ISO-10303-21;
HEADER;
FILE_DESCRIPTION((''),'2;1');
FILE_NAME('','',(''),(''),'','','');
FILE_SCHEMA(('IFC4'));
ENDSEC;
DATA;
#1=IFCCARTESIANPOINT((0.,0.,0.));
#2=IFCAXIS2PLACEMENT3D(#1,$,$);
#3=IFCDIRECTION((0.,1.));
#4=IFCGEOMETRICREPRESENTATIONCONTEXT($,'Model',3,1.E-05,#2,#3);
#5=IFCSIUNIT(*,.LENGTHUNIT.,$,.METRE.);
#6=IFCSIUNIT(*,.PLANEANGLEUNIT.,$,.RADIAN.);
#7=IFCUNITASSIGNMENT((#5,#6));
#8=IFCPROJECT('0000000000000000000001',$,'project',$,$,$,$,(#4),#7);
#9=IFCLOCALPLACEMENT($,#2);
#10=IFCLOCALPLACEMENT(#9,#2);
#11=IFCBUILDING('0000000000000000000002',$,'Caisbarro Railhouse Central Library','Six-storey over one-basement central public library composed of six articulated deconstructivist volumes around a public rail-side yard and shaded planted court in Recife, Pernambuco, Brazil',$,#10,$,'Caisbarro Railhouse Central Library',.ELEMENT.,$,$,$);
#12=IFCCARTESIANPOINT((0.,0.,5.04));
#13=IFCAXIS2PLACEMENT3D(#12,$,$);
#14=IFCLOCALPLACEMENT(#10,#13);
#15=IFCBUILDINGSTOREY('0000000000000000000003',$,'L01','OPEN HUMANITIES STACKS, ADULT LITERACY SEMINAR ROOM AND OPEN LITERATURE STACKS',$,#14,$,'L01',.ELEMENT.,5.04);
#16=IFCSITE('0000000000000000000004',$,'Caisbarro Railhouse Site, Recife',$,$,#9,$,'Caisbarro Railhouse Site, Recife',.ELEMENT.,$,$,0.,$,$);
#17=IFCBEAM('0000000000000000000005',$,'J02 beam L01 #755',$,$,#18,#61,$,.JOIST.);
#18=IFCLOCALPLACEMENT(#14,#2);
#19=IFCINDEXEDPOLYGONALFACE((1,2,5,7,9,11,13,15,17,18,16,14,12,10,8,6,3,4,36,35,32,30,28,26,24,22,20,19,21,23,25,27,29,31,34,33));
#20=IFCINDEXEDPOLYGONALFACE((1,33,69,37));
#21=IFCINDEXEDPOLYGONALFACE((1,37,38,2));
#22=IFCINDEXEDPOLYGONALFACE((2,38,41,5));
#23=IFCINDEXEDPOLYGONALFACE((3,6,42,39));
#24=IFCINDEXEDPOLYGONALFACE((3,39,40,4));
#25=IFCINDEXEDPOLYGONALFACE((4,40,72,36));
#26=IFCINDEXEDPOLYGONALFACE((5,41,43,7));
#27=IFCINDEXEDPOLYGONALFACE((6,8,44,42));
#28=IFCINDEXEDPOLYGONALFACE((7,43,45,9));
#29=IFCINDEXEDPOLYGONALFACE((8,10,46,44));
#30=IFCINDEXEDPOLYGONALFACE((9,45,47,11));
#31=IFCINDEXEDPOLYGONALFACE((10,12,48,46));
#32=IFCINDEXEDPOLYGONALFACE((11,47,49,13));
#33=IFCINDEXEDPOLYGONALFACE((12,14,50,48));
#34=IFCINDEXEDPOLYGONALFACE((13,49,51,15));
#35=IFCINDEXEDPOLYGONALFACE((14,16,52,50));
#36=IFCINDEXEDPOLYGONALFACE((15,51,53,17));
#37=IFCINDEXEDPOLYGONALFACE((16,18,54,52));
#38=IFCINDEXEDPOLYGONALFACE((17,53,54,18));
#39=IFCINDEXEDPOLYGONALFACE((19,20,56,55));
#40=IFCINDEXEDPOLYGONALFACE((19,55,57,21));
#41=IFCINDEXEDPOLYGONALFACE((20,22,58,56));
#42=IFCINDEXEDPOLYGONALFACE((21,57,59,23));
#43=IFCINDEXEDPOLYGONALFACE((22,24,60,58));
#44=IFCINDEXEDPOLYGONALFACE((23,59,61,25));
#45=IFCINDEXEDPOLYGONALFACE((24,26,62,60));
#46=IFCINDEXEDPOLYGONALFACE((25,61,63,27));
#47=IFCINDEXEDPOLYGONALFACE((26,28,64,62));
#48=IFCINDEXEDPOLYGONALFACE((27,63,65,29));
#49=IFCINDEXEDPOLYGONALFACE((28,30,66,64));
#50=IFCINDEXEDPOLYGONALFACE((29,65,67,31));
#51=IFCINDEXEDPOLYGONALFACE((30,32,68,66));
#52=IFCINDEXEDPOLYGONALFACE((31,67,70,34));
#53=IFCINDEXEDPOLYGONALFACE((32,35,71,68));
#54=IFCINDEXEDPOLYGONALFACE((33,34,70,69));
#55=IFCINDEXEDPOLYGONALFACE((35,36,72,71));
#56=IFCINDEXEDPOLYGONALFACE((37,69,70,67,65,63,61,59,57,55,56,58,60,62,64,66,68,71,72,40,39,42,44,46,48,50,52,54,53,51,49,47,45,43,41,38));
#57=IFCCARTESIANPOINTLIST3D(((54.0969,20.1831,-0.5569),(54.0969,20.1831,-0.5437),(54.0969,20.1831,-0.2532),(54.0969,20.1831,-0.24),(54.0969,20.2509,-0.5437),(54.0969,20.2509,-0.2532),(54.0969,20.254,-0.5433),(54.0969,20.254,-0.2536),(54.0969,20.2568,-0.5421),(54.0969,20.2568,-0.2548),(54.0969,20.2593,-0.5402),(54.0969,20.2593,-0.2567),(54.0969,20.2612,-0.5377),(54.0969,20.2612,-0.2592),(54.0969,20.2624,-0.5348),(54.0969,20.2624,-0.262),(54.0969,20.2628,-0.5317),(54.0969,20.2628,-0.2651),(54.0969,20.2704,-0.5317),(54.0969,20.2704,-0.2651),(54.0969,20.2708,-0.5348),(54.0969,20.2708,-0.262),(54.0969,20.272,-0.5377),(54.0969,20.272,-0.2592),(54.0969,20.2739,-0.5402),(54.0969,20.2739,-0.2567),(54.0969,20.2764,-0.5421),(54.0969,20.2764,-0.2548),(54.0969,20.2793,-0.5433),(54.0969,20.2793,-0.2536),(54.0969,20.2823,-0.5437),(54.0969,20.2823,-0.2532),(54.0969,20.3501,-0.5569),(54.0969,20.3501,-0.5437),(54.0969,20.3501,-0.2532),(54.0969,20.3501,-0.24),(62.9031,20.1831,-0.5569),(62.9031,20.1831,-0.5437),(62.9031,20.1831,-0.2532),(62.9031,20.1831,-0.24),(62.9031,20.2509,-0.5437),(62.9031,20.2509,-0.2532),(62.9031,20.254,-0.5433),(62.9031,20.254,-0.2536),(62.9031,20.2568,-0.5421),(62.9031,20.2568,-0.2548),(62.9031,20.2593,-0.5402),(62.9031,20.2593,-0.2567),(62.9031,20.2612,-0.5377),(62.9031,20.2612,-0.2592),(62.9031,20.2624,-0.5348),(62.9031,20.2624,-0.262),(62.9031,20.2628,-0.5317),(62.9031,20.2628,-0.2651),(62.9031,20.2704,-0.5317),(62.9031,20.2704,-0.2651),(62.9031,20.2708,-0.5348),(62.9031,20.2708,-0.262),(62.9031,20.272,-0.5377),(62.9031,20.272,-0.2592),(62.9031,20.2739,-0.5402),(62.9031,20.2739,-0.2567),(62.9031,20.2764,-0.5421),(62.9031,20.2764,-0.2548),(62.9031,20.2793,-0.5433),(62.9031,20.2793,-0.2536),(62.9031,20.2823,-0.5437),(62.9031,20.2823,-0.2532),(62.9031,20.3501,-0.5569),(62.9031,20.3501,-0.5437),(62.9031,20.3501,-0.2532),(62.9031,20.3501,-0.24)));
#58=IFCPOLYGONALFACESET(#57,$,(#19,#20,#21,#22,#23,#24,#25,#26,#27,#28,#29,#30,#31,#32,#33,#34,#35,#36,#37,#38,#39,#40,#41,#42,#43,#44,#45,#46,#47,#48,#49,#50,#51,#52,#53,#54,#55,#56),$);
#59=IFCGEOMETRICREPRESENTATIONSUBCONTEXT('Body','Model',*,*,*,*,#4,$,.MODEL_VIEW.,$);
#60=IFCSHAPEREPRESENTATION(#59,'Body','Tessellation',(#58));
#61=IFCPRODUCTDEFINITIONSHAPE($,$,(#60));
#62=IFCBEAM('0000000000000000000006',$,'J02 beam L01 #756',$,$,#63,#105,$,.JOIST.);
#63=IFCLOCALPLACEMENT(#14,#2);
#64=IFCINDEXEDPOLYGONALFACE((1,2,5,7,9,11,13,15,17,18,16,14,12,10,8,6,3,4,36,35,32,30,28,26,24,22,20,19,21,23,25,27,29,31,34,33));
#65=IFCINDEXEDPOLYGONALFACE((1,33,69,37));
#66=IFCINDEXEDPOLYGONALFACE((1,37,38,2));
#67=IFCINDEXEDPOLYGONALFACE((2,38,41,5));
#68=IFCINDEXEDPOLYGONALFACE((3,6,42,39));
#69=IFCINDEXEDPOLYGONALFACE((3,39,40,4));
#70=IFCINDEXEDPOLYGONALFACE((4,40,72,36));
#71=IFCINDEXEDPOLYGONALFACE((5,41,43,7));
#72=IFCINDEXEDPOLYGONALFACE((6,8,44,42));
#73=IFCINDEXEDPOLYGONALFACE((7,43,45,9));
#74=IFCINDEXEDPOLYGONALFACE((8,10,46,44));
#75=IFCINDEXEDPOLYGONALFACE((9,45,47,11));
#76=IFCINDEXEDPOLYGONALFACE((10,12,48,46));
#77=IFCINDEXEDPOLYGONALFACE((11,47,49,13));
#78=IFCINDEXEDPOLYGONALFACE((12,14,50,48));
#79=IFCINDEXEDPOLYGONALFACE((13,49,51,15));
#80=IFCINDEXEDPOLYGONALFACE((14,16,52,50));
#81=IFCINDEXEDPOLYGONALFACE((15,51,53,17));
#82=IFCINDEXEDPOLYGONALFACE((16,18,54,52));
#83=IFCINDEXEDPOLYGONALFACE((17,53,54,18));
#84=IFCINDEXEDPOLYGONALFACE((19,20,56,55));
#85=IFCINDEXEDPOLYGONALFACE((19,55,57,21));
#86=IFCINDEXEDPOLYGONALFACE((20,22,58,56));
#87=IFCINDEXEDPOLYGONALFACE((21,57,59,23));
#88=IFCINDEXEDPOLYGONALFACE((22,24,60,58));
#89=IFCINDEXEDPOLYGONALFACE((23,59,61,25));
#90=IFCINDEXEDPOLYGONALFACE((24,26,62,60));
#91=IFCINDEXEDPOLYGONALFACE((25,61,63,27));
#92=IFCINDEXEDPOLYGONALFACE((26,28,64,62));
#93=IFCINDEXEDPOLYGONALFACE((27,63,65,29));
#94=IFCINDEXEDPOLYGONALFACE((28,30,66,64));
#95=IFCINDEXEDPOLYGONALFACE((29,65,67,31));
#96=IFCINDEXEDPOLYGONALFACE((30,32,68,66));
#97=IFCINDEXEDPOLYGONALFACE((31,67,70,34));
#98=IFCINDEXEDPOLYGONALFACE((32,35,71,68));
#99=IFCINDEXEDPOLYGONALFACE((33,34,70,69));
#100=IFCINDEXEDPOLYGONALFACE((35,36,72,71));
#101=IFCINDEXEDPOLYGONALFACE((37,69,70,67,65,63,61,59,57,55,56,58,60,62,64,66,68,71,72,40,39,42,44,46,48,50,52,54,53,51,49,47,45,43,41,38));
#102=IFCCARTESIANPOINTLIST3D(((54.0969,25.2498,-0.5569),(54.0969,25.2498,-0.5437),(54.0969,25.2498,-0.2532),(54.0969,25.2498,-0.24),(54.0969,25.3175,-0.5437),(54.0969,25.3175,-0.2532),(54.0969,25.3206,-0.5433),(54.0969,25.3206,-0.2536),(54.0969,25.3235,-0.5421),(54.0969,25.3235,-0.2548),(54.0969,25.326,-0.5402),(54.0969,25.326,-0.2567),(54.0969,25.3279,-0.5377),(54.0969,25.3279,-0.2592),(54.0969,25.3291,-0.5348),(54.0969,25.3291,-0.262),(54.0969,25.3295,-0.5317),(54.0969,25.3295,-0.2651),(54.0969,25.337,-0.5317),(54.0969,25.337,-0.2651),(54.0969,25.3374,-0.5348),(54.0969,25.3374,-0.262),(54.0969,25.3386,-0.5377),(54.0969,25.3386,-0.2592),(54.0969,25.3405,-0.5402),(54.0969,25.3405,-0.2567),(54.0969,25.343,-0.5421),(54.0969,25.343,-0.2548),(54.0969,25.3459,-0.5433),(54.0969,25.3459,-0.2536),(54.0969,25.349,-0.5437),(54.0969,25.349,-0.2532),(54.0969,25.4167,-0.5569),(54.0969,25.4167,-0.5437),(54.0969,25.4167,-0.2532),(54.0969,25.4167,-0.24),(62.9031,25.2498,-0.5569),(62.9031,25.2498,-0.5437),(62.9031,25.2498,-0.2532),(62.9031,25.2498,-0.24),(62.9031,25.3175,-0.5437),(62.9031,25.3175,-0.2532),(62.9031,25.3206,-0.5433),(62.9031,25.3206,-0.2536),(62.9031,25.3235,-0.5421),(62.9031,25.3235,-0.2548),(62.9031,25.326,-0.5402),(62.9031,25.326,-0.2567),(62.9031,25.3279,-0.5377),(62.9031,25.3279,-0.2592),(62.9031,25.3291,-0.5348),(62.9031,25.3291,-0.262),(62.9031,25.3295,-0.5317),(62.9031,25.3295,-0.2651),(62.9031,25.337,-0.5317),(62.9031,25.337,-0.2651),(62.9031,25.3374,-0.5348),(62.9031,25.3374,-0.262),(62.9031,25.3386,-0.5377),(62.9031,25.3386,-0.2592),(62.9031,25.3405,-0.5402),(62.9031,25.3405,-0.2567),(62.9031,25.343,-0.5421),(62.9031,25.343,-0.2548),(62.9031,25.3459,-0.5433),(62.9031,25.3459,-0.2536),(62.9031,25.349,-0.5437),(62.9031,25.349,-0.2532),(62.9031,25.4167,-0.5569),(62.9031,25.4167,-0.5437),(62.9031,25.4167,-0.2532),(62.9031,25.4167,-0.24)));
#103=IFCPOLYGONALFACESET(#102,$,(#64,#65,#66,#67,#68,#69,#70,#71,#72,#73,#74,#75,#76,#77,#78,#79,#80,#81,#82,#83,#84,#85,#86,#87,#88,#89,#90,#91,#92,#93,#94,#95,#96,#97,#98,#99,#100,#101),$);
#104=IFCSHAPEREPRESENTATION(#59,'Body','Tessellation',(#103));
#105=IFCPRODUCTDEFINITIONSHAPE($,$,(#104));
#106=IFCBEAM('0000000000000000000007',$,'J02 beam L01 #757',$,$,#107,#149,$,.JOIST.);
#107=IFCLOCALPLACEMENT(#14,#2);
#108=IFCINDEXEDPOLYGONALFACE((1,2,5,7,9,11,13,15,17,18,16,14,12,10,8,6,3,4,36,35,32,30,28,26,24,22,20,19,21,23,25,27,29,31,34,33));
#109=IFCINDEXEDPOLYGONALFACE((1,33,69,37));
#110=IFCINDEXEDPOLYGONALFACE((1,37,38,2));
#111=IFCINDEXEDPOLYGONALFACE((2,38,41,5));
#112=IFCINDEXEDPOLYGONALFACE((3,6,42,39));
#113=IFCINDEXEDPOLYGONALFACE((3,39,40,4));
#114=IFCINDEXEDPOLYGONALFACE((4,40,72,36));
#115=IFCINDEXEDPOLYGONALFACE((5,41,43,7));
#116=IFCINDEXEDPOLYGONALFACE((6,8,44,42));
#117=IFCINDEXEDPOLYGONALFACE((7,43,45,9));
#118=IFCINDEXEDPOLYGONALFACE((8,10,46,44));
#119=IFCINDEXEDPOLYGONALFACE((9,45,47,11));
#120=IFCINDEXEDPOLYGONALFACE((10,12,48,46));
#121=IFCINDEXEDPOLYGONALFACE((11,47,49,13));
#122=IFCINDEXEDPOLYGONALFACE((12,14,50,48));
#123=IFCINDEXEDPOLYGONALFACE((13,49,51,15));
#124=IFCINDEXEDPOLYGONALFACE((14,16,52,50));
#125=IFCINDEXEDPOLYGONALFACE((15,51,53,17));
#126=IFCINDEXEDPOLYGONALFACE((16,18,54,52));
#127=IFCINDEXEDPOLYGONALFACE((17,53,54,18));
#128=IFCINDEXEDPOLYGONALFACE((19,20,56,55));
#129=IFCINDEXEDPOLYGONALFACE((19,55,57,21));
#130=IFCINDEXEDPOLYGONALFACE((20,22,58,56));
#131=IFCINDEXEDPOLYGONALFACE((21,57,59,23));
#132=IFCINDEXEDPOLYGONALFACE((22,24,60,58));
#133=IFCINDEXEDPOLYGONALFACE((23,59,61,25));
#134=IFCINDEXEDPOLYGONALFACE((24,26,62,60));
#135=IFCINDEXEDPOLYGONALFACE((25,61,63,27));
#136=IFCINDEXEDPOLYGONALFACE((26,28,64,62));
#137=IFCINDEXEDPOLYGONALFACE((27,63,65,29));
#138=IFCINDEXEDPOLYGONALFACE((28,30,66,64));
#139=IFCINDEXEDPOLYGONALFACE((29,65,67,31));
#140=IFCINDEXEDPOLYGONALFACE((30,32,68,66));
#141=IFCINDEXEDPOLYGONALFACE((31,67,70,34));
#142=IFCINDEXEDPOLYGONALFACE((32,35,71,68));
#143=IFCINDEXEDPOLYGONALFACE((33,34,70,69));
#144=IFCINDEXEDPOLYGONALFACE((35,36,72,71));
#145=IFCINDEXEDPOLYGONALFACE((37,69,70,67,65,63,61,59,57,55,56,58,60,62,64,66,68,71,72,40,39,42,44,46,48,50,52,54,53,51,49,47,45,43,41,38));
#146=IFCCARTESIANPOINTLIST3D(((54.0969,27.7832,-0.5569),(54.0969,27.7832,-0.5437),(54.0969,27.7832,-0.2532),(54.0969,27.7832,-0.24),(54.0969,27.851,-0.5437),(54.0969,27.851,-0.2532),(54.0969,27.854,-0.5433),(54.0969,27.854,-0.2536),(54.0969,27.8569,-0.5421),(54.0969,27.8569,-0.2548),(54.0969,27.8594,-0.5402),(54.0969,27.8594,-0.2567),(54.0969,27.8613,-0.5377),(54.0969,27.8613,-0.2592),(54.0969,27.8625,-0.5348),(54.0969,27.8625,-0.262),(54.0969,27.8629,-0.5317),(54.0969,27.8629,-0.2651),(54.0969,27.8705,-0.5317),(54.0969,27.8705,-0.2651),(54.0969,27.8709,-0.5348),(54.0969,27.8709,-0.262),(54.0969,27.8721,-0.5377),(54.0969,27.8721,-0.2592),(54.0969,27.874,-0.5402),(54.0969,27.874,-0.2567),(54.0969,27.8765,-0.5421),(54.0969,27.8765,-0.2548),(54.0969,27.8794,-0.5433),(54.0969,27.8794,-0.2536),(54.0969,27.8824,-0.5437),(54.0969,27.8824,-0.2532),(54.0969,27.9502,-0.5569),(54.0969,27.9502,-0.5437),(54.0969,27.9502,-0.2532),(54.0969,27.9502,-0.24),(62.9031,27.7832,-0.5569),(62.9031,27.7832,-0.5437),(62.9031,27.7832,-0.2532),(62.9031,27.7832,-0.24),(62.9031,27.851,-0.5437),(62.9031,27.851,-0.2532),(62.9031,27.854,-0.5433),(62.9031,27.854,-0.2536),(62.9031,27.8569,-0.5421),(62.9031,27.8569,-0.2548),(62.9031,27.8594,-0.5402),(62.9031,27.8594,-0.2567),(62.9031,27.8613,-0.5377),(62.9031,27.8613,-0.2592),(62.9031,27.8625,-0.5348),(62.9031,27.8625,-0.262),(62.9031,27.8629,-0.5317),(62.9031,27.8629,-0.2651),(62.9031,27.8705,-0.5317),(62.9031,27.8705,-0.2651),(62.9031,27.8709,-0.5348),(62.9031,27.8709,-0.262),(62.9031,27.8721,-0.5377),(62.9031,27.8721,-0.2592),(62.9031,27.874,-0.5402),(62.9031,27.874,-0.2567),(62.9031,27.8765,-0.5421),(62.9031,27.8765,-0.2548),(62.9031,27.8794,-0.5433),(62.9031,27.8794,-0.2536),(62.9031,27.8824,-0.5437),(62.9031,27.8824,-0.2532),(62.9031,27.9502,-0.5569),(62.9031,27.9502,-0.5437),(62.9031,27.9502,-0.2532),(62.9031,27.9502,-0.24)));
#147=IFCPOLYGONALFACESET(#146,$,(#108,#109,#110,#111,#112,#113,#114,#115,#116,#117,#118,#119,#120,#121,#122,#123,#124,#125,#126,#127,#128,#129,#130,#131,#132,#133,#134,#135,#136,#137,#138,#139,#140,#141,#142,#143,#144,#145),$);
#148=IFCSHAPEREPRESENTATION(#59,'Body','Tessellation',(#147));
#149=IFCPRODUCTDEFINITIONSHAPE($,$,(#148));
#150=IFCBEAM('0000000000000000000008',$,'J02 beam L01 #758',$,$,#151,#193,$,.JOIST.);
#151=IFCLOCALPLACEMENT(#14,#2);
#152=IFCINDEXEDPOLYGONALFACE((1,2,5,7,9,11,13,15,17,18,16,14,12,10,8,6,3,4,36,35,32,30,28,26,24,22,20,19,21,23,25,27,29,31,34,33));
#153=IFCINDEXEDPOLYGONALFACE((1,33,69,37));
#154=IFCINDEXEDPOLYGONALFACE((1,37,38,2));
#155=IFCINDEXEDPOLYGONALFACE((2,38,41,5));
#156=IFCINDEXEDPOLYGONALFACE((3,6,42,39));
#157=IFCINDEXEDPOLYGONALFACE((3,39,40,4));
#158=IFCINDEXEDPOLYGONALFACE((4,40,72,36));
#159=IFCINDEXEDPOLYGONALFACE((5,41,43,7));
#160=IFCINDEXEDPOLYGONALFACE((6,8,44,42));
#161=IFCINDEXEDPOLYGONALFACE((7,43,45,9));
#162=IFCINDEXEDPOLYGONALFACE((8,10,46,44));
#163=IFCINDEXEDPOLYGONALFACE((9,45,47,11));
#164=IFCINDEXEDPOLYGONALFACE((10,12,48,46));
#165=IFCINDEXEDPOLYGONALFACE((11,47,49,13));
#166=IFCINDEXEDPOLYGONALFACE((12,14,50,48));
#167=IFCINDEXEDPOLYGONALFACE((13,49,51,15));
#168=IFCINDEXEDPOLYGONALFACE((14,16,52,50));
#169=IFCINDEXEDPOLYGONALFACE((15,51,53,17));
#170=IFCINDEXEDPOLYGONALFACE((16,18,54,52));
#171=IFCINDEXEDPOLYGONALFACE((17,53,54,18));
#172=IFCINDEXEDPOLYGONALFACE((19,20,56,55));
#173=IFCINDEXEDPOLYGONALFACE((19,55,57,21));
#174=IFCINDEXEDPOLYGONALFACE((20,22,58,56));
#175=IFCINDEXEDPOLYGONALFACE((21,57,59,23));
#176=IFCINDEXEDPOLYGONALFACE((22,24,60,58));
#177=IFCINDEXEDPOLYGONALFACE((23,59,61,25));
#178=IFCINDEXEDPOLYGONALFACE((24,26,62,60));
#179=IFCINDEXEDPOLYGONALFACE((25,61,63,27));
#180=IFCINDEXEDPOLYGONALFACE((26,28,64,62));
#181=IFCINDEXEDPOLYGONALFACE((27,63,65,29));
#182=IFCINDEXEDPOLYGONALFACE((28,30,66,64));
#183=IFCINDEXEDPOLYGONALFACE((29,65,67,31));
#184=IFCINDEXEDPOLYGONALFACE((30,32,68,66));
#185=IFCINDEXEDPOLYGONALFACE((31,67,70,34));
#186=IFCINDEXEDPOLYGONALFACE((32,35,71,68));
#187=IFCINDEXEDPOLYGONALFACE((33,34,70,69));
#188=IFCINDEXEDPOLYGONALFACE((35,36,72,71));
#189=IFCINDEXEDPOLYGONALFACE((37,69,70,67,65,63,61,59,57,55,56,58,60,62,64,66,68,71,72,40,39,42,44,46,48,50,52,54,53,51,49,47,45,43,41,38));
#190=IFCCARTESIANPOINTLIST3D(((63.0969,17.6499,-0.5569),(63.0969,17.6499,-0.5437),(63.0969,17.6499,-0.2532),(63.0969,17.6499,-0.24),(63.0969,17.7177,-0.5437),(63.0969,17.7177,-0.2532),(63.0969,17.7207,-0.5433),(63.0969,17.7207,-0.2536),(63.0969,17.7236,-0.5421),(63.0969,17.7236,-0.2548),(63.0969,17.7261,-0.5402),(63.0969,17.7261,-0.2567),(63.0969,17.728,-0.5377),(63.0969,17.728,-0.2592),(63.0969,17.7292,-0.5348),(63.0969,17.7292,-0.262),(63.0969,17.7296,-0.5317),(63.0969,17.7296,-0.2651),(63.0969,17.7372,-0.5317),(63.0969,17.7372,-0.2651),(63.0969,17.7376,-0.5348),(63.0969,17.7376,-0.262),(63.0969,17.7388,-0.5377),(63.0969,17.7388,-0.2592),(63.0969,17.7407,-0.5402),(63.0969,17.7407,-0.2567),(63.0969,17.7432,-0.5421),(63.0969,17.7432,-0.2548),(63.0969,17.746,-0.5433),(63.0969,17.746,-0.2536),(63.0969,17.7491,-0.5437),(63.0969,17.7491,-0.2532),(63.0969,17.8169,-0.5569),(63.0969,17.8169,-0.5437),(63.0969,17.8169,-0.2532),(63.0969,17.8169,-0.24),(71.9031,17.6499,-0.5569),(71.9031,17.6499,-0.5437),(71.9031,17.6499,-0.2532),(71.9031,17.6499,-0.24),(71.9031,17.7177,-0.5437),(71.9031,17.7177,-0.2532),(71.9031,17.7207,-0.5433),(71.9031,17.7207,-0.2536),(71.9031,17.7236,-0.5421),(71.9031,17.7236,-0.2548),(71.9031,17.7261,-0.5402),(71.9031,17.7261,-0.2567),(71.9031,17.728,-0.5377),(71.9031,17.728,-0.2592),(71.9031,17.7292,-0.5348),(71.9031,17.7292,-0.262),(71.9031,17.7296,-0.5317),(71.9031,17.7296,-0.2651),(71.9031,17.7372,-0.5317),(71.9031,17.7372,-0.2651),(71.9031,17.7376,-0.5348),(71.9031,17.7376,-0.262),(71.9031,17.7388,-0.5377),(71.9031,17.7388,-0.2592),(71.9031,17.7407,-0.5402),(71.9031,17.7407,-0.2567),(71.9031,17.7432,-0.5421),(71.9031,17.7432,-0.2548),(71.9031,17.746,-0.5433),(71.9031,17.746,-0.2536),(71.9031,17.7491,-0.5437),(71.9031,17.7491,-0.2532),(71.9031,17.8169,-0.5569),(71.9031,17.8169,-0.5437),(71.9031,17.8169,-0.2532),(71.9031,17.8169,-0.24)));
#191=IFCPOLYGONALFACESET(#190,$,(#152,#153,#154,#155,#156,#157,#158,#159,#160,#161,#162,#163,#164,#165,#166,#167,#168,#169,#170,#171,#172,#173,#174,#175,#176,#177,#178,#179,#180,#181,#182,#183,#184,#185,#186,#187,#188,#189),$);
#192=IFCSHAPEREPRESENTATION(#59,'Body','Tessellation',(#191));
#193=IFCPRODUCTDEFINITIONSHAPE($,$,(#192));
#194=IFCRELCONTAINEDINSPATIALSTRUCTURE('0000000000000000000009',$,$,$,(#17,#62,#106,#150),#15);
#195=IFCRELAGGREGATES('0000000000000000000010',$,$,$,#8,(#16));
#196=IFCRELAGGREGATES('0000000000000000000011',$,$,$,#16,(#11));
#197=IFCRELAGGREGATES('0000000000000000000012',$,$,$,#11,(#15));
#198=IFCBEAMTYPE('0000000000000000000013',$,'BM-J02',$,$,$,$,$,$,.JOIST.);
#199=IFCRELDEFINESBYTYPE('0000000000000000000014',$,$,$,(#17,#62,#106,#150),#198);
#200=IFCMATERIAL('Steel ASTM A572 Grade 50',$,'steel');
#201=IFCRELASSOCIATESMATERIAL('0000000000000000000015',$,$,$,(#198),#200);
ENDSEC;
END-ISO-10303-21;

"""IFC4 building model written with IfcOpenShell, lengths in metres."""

from ifc_helpers import new_model, si_unit, direction, frame, origin, origin_2d, place, context, subcontext, project, spatial, i_section, extrude, material, material_profile, profile_set, type_object, element, save


model = new_model("IFC4")

# Units and contexts
model_context = context("Model", 3, precision=1e-05, world=origin(), true_north=direction((0.0, 1.0)))
body_context = subcontext(model_context, "Body", "Model", "MODEL_VIEW")
ifc_project = project(units=[si_unit("LENGTHUNIT", "METRE"), si_unit("PLANEANGLEUNIT", "RADIAN")], contexts=[model_context])

# Site, building, storey
site_placement = place(None, origin())
site = spatial("IfcSite", under=ifc_project, at=site_placement, Name="Caisbarro Railhouse Site, Recife", LongName="Caisbarro Railhouse Site, Recife", CompositionType="ELEMENT", RefElevation=0.0)
building_placement = place(site_placement, origin())
building = spatial("IfcBuilding", under=site, at=building_placement, Name="Caisbarro Railhouse Central Library", Description="Six-storey over one-basement central public library composed of six articulated deconstructivist volumes around a public rail-side yard and shaded planted court in Recife, Pernambuco, Brazil", LongName="Caisbarro Railhouse Central Library", CompositionType="ELEMENT")
storey_placement = place(building_placement, frame((0.0, 0.0, 5.04)))
storey = spatial("IfcBuildingStorey", under=building, at=storey_placement, Name="L01", Description="OPEN HUMANITIES STACKS, ADULT LITERACY SEMINAR ROOM AND OPEN LITERATURE STACKS", LongName="L01", CompositionType="ELEMENT", Elevation=5.04)

# Shared definitions
ifc_material_1 = material(Name="Steel ASTM A572 Grade 50", Category="steel")

# Beams
ifc_material_profile_1 = material_profile(ifc_material_1, i_section(OverallWidth=0.167, OverallDepth=0.3169, WebThickness=0.0076, FlangeThickness=0.0132, FilletRadius=0.012, at=origin_2d()), Name="W310X52.0")
ifc_profile_set_1 = profile_set([ifc_material_profile_1], Name="Steel ASTM A572 Grade 50")
beam_type_1 = type_object("IfcBeamType", Name="BM-J02", PredefinedType="JOIST", material=ifc_profile_set_1)
for number, where, z_axis, x_axis, name in (
    (1, (54.0969, 20.2666, -0.3984), (1.0, 0.0, 0.0), (0.0, 1.0, 0.0), "J02 beam L01 #755"),
    (2, (54.0969, 25.3333, -0.3984), (1.0, 0.0, 0.0), (0.0, 1.0, 0.0), "J02 beam L01 #756"),
    (3, (54.0969, 27.8667, -0.3984), (1.0, 0.0, 0.0), (0.0, 1.0, 0.0), "J02 beam L01 #757"),
    (4, (63.0969, 17.7334, -0.3984), (1.0, 0.0, 0.0), (0.0, 1.0, 0.0), "J02 beam L01 #758"),
):
    element("IfcBeam", number, at=place(storey_placement, frame(where, z_axis=z_axis, x_axis=x_axis)), inside=storey, type_object=beam_type_1, Name=name, PredefinedType="JOIST", context=body_context, shape_type="SweptSolid", body=[
        extrude(i_section(OverallWidth=0.167, OverallDepth=0.3169, WebThickness=0.0076, FlangeThickness=0.0132, FilletRadius=0.012, at=origin_2d()), origin(), (0.0, 0.0, 1.0), 8.8062),
    ])

save(model, "model.ifc")
